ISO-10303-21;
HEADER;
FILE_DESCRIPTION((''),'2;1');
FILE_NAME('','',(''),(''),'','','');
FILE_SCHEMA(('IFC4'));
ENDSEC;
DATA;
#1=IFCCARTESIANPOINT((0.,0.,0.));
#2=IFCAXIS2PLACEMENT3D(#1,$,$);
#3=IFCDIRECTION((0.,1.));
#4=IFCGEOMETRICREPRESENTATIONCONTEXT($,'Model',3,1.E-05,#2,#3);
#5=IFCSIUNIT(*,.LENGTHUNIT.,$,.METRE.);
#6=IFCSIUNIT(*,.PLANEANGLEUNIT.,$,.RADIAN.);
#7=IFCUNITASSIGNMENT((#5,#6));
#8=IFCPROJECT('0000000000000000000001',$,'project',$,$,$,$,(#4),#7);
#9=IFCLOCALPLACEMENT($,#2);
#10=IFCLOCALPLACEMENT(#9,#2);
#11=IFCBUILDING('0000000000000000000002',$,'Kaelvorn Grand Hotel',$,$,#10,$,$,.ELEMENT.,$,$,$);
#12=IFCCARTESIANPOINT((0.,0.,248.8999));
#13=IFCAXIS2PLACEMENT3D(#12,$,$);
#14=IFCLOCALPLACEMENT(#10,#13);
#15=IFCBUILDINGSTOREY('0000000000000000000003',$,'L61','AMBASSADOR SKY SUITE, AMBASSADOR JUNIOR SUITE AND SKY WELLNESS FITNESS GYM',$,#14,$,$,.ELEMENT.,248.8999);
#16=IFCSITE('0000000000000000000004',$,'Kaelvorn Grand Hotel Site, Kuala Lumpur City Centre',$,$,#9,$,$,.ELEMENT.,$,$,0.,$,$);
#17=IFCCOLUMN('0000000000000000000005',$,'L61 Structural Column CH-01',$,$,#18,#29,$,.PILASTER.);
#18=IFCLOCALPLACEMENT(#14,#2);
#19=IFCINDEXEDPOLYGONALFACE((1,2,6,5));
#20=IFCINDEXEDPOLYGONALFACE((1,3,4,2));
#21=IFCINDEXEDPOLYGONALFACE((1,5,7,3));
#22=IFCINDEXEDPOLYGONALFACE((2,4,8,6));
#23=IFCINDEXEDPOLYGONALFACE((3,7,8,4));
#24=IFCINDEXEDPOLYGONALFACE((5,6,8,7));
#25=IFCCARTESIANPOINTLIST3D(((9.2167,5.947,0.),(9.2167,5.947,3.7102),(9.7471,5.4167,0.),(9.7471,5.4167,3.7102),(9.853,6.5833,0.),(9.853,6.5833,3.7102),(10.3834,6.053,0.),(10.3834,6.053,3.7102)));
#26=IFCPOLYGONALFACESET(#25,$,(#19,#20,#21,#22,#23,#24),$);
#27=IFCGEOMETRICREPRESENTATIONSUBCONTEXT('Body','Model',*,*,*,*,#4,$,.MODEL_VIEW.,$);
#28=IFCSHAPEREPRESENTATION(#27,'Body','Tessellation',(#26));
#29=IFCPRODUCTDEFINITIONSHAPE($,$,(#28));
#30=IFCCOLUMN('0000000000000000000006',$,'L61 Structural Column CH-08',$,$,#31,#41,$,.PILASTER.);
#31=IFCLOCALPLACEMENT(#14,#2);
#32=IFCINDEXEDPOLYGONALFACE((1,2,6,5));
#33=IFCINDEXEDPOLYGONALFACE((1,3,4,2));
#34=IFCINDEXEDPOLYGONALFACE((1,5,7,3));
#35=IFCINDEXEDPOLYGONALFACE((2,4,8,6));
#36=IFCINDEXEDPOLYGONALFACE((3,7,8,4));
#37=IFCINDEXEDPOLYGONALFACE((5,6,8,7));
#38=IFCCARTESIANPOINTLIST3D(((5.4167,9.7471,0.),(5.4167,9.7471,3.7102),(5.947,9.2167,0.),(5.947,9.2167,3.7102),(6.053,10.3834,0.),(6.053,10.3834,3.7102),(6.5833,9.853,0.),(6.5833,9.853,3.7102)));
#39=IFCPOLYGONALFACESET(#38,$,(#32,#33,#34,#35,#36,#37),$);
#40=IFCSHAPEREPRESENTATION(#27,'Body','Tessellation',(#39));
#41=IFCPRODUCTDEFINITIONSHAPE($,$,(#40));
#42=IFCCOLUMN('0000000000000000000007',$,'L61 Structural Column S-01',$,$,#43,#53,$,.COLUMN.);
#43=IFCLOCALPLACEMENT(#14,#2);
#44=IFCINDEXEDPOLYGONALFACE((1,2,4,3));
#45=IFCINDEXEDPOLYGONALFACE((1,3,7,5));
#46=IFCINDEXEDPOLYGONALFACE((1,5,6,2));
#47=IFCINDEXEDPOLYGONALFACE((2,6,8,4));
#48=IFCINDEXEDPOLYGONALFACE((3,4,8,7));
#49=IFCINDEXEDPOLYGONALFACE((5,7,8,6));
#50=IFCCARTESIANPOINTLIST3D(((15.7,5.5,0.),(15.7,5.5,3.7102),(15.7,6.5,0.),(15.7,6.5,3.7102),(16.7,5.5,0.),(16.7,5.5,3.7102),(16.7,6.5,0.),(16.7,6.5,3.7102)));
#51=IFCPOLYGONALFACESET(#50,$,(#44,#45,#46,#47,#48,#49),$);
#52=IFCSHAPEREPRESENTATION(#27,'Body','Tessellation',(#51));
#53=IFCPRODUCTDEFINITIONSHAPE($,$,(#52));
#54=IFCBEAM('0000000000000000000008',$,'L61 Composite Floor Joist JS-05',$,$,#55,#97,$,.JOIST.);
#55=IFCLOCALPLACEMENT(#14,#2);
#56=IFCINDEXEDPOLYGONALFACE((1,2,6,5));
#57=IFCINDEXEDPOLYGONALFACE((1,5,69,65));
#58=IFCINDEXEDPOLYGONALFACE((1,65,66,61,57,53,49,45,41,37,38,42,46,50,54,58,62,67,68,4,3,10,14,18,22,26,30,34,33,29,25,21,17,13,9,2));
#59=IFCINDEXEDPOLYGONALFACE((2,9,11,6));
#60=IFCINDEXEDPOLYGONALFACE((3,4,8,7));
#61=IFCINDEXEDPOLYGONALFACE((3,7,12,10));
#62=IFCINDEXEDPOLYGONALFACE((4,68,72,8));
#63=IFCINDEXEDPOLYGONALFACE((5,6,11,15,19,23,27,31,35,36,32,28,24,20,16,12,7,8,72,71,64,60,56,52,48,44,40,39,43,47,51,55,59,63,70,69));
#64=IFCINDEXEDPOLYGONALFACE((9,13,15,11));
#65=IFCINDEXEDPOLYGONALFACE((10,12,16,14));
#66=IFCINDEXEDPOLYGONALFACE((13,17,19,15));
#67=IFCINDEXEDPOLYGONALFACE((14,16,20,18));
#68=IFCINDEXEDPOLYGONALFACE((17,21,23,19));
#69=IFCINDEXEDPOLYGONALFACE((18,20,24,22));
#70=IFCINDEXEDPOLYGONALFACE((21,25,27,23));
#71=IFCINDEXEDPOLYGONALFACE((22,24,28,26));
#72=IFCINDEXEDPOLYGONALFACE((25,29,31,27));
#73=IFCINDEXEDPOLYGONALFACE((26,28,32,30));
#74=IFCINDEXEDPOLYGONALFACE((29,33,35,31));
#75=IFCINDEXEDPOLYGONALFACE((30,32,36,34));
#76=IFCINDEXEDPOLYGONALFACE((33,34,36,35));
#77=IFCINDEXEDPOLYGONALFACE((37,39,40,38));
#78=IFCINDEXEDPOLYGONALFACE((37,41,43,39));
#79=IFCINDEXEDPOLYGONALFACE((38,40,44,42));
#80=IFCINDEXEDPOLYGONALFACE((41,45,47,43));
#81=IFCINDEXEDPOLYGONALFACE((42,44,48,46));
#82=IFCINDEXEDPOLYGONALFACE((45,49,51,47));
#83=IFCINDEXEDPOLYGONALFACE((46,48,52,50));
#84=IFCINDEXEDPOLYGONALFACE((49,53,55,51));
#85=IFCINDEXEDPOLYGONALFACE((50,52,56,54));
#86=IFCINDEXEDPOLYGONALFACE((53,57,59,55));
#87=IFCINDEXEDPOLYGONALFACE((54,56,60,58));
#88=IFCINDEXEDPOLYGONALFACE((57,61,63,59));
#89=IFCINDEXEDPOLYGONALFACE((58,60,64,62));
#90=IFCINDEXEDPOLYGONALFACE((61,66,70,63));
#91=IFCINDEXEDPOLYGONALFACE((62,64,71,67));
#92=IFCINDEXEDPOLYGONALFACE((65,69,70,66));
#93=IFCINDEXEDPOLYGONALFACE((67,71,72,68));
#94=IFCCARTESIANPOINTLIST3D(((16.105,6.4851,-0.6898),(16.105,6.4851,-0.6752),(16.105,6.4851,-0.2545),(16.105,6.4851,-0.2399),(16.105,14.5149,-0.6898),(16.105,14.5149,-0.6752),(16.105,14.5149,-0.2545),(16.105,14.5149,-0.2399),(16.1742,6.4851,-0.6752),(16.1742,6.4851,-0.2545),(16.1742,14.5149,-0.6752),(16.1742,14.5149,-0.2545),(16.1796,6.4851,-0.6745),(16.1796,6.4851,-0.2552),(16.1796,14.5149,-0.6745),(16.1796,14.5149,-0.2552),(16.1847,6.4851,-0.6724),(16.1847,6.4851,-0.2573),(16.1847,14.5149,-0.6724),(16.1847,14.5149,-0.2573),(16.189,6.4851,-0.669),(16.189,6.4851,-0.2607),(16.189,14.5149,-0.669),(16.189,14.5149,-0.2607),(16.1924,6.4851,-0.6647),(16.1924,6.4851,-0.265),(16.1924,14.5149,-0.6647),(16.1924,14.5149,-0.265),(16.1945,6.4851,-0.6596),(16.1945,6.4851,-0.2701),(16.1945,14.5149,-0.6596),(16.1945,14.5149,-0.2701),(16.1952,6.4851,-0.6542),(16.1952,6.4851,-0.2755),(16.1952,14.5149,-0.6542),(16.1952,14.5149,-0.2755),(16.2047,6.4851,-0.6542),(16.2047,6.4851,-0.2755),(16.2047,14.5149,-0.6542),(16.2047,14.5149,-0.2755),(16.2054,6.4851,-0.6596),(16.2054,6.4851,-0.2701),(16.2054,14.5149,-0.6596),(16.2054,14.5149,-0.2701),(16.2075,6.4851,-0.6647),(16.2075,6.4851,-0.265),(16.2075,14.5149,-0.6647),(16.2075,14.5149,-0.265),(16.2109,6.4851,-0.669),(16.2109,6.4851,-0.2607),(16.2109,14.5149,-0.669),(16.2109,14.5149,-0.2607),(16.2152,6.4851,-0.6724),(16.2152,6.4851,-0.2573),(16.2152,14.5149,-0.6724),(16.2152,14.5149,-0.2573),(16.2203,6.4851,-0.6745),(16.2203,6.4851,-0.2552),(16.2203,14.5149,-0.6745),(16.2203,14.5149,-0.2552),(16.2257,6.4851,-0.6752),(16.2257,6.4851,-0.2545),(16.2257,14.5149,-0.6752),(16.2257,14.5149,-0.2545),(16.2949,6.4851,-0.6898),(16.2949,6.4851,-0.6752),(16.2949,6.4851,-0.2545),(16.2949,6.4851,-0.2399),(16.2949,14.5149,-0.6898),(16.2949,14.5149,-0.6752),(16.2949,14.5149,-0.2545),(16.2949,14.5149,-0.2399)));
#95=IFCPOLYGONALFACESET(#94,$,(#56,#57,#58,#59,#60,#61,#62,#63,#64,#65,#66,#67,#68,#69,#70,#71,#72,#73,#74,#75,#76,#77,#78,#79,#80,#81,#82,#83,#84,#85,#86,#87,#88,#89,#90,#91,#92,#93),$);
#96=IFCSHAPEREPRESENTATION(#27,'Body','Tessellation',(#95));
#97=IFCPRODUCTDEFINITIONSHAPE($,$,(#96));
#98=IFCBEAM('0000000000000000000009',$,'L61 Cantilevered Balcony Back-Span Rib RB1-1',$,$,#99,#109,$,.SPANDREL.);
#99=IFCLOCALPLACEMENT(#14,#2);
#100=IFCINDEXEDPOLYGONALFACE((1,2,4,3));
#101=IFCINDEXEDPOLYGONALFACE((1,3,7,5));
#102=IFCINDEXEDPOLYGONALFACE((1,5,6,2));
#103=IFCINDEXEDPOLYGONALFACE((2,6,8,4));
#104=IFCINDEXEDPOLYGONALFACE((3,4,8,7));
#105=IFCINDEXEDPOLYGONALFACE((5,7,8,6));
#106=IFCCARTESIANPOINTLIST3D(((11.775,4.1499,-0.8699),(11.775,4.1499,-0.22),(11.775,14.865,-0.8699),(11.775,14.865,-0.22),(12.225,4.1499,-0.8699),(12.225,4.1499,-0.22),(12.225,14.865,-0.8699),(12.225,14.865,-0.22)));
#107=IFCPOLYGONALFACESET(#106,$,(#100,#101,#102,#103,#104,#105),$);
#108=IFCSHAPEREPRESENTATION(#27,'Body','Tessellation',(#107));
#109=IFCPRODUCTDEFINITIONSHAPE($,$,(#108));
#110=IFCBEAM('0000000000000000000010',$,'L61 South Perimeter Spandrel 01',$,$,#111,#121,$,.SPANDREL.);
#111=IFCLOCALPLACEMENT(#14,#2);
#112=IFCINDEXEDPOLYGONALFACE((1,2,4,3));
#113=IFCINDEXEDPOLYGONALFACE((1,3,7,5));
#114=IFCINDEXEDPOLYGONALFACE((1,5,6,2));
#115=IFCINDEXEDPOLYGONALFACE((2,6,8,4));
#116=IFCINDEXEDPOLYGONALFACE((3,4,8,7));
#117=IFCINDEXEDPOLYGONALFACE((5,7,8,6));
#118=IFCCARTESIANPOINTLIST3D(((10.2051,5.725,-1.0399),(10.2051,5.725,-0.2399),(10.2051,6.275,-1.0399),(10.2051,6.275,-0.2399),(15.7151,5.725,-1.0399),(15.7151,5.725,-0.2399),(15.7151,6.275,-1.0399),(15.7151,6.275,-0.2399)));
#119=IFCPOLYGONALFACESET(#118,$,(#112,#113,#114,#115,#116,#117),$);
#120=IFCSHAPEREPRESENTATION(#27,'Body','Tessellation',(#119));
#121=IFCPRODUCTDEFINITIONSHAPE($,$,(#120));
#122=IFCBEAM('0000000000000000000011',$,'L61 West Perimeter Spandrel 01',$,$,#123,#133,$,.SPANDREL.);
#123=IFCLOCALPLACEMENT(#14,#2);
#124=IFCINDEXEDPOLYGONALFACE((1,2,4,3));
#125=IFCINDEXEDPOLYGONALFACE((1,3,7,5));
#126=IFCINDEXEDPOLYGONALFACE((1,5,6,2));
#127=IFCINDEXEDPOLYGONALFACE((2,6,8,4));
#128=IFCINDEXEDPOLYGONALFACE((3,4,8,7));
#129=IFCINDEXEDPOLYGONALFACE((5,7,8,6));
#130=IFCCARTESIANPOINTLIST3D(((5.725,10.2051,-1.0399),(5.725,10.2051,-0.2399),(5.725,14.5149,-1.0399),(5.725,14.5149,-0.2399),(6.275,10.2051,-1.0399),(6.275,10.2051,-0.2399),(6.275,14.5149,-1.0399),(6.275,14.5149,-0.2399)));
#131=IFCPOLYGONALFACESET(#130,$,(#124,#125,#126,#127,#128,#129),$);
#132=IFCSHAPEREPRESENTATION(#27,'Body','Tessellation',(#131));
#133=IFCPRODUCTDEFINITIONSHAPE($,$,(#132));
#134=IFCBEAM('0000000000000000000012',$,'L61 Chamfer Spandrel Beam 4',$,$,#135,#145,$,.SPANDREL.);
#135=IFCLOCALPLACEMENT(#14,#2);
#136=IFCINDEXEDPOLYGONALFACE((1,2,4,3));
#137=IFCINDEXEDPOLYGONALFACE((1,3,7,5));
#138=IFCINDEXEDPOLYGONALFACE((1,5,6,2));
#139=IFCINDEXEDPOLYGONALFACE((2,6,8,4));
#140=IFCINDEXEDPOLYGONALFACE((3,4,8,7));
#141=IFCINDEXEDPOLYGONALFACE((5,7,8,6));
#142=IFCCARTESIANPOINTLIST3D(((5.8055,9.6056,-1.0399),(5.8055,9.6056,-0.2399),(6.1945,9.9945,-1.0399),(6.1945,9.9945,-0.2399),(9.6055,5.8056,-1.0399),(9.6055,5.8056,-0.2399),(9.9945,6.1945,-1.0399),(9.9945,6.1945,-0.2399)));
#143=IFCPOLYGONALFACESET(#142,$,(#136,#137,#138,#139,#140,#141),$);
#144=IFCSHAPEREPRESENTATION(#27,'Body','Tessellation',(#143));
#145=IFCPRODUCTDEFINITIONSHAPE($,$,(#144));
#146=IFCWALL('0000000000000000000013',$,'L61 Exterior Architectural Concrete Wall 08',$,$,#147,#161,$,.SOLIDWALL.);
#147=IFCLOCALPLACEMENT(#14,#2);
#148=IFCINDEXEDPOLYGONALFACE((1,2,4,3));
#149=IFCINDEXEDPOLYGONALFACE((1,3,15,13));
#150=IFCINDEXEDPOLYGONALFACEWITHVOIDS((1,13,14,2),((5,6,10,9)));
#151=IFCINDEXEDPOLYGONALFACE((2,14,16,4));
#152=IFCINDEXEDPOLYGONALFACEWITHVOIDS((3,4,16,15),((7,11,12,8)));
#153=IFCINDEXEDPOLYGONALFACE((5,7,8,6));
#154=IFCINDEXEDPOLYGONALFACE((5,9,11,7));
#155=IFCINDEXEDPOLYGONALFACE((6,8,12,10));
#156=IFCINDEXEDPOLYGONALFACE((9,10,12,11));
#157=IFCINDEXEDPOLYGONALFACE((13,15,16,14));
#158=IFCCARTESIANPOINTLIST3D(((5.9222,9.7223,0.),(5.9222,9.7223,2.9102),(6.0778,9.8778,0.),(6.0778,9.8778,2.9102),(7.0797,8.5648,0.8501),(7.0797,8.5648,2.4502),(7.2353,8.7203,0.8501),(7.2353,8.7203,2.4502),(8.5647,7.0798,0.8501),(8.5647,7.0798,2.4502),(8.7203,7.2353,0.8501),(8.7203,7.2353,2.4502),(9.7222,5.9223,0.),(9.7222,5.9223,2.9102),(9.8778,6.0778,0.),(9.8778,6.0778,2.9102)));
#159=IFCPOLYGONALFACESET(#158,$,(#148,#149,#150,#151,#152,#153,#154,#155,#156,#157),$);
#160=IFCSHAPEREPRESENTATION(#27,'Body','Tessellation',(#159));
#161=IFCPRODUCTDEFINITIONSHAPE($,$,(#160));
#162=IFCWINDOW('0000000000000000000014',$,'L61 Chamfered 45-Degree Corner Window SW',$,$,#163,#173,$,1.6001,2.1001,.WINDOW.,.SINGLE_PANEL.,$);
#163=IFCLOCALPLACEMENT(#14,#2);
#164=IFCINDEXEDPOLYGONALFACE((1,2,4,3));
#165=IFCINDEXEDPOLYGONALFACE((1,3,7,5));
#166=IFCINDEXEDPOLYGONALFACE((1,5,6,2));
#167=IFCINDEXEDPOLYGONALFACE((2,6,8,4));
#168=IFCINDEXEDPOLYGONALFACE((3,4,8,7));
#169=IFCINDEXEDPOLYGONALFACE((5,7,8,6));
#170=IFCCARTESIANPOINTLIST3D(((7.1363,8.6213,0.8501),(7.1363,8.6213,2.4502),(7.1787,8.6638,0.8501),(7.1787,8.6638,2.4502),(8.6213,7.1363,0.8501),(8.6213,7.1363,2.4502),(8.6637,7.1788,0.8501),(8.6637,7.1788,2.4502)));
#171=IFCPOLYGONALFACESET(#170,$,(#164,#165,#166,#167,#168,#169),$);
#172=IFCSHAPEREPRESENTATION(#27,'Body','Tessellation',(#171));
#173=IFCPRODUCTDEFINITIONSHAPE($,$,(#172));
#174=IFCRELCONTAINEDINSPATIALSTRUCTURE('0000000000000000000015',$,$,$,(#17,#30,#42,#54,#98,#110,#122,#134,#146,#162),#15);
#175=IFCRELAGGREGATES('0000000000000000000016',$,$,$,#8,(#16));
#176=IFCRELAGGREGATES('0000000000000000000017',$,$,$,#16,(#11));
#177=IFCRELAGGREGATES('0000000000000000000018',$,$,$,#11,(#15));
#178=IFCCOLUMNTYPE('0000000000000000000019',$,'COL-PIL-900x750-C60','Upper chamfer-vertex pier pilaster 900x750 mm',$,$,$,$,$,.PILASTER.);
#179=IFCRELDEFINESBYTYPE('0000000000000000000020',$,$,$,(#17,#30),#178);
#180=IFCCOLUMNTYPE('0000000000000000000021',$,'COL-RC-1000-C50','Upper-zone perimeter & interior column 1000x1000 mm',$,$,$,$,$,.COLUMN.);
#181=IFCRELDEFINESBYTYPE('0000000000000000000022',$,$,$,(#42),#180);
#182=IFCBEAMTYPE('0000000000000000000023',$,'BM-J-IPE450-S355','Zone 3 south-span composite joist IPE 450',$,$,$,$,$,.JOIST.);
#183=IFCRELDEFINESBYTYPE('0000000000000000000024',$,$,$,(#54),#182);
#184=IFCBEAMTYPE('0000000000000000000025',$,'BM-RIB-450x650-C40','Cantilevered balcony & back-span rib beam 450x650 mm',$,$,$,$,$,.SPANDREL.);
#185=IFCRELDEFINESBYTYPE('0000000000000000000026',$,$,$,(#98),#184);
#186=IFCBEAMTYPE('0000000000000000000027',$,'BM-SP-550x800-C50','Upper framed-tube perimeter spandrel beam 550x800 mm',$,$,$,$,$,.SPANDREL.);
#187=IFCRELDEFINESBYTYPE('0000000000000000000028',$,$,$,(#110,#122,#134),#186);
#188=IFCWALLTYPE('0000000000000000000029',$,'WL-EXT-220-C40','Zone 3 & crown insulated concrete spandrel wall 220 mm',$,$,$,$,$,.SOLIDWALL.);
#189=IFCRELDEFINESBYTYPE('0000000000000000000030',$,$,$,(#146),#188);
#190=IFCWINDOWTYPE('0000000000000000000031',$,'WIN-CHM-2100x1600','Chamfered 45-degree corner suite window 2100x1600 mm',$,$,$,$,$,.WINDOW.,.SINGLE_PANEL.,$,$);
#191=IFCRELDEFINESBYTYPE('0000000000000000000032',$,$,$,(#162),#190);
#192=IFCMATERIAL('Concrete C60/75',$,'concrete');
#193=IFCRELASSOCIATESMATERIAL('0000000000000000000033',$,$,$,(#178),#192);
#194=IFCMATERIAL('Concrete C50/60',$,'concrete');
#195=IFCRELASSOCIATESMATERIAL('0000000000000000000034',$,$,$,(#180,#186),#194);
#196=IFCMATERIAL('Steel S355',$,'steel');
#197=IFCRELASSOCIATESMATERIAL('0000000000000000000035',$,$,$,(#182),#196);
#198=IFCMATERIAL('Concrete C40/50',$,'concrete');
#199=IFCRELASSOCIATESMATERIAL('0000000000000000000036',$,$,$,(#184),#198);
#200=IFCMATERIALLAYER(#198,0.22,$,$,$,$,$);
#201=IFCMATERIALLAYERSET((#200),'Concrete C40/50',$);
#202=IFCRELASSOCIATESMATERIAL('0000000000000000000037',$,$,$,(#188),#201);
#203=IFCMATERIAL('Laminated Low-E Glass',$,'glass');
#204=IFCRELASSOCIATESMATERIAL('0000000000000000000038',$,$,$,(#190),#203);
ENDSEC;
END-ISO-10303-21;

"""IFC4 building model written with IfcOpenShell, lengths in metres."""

from ifc_helpers import new_model, si_unit, direction, frame, frame_2d, origin, origin_2d, place, context, subcontext, project, spatial, rectangle, i_section, extrude, material, layer, layer_set, material_profile, profile_set, type_object, element, fill, save


model = new_model("IFC4")

# Units and contexts
model_context = context("Model", 3, precision=1e-05, world=origin(), true_north=direction((0.0, 1.0)))
body_context = subcontext(model_context, "Body", "Model", "MODEL_VIEW")
ifc_project = project(units=[si_unit("LENGTHUNIT", "METRE"), si_unit("PLANEANGLEUNIT", "RADIAN")], contexts=[model_context])

# Site, building, storey
site_placement = place(None, origin())
site = spatial("IfcSite", under=ifc_project, at=site_placement, Name="Kaelvorn Grand Hotel Site, Kuala Lumpur City Centre", CompositionType="ELEMENT", RefElevation=0.0)
building_placement = place(site_placement, origin())
building = spatial("IfcBuilding", under=site, at=building_placement, Name="Kaelvorn Grand Hotel", CompositionType="ELEMENT")
storey_placement = place(building_placement, frame((0.0, 0.0, 248.8999)))
storey = spatial("IfcBuildingStorey", under=building, at=storey_placement, Name="L61", Description="AMBASSADOR SKY SUITE, AMBASSADOR JUNIOR SUITE AND SKY WELLNESS FITNESS GYM", CompositionType="ELEMENT", Elevation=248.8999)

# Columns
ifc_material_1 = material(Name="Concrete C60/75", Category="concrete")
ifc_material_profile_1 = material_profile(ifc_material_1, rectangle(XDim=0.8999, YDim=0.75, at=origin_2d()), Name="RC PILASTER 900x750")
ifc_profile_set_1 = profile_set([ifc_material_profile_1], Name="Concrete C60/75")
column_type_1 = type_object("IfcColumnType", Name="COL-PIL-900x750-C60", Description="Upper chamfer-vertex pier pilaster 900x750 mm", PredefinedType="PILASTER", material=ifc_profile_set_1)
for number, where, z_axis, x_axis, name in (
    (1, (9.8, 6.0, 0.0), (0.0, 0.0, 1.0), (0.707107, 0.707107, 0.0), "L61 Structural Column CH-01"),
    (2, (6.0, 9.8, 0.0), (0.0, 0.0, 1.0), (0.707107, 0.707107, 0.0), "L61 Structural Column CH-08"),
):
    element("IfcColumn", number, at=place(storey_placement, frame(where, z_axis=z_axis, x_axis=x_axis)), inside=storey, type_object=column_type_1, Name=name, PredefinedType="PILASTER", context=body_context, shape_type="SweptSolid", body=[
        extrude(rectangle(XDim=0.8999, YDim=0.75, at=origin_2d()), origin(), (0.0, 0.0, 1.0), 3.7102),
    ])
ifc_material_2 = material(Name="Concrete C50/60", Category="concrete")
ifc_material_profile_2 = material_profile(ifc_material_2, rectangle(XDim=1.0, YDim=1.0, at=origin_2d()), Name="RC COL 1000x1000")
ifc_profile_set_2 = profile_set([ifc_material_profile_2], Name="Concrete C50/60")
column_type_2 = type_object("IfcColumnType", Name="COL-RC-1000-C50", Description="Upper-zone perimeter & interior column 1000x1000 mm", PredefinedType="COLUMN", material=ifc_profile_set_2)
column_placement = place(storey_placement, frame((16.2, 6.0, 0.0), z_axis=(0.0, 0.0, 1.0), x_axis=(1.0, 0.0, 0.0)))
element("IfcColumn", 3, at=column_placement, inside=storey, type_object=column_type_2, Name="L61 Structural Column S-01", PredefinedType="COLUMN", context=body_context, shape_type="SweptSolid", body=[
    extrude(rectangle(XDim=1.0, YDim=1.0, at=origin_2d()), origin(), (0.0, 0.0, 1.0), 3.7102),
])

# Beams
ifc_material_3 = material(Name="Steel S355", Category="steel")
ifc_material_profile_3 = material_profile(ifc_material_3, i_section(OverallWidth=0.1899, OverallDepth=0.45, WebThickness=0.0095, FlangeThickness=0.0146, FilletRadius=0.021, at=origin_2d()), Name="IPE 450")
ifc_profile_set_3 = profile_set([ifc_material_profile_3], Name="Steel S355")
beam_type_1 = type_object("IfcBeamType", Name="BM-J-IPE450-S355", Description="Zone 3 south-span composite joist IPE 450", PredefinedType="JOIST", material=ifc_profile_set_3)
beam_1_placement = place(storey_placement, frame((16.2, 6.4851, -0.4648), z_axis=(0.0, 1.0, 0.0), x_axis=(-1.0, 0.0, 0.0)))
element("IfcBeam", 4, at=beam_1_placement, inside=storey, type_object=beam_type_1, Name="L61 Composite Floor Joist JS-05", PredefinedType="JOIST", context=body_context, shape_type="SweptSolid", body=[
    extrude(i_section(OverallWidth=0.1899, OverallDepth=0.45, WebThickness=0.0095, FlangeThickness=0.0146, FilletRadius=0.021, at=origin_2d()), origin(), (0.0, 0.0, 1.0), 8.0298),
])
ifc_material_4 = material(Name="Concrete C40/50", Category="concrete")
ifc_material_profile_4 = material_profile(ifc_material_4, rectangle(XDim=0.45, YDim=0.6499, at=origin_2d()), Name="RC RIB 450x650")
ifc_profile_set_4 = profile_set([ifc_material_profile_4], Name="Concrete C40/50")
beam_type_2 = type_object("IfcBeamType", Name="BM-RIB-450x650-C40", Description="Cantilevered balcony & back-span rib beam 450x650 mm", PredefinedType="SPANDREL", material=ifc_profile_set_4)
beam_2_placement = place(storey_placement, frame((12.0, 4.1499, -0.5449), z_axis=(0.0, 1.0, 0.0), x_axis=(-1.0, 0.0, 0.0)))
element("IfcBeam", 5, at=beam_2_placement, inside=storey, type_object=beam_type_2, Name="L61 Cantilevered Balcony Back-Span Rib RB1-1", PredefinedType="SPANDREL", context=body_context, shape_type="SweptSolid", body=[
    extrude(rectangle(XDim=0.45, YDim=0.6499, at=origin_2d()), origin(), (0.0, 0.0, 1.0), 10.7151),
])
ifc_material_profile_5 = material_profile(ifc_material_2, rectangle(XDim=0.55, YDim=0.8, at=origin_2d()), Name="RC SPANDREL 550x800")
ifc_profile_set_5 = profile_set([ifc_material_profile_5], Name="Concrete C50/60")
beam_type_3 = type_object("IfcBeamType", Name="BM-SP-550x800-C50", Description="Upper framed-tube perimeter spandrel beam 550x800 mm", PredefinedType="SPANDREL", material=ifc_profile_set_5)
beam_3_placement = place(storey_placement, frame((10.2051, 6.0, -0.6399), z_axis=(1.0, 0.0, 0.0), x_axis=(0.0, 1.0, 0.0)))
element("IfcBeam", 6, at=beam_3_placement, inside=storey, type_object=beam_type_3, Name="L61 South Perimeter Spandrel 01", PredefinedType="SPANDREL", context=body_context, shape_type="SweptSolid", body=[
    extrude(rectangle(XDim=0.55, YDim=0.8, at=origin_2d()), origin(), (0.0, 0.0, 1.0), 5.51),
])
beam_4_placement = place(storey_placement, frame((6.0, 10.2051, -0.6399), z_axis=(0.0, 1.0, 0.0), x_axis=(-1.0, 0.0, 0.0)))
element("IfcBeam", 7, at=beam_4_placement, inside=storey, type_object=beam_type_3, Name="L61 West Perimeter Spandrel 01", PredefinedType="SPANDREL", context=body_context, shape_type="SweptSolid", body=[
    extrude(rectangle(XDim=0.55, YDim=0.8, at=origin_2d()), origin(), (0.0, 0.0, 1.0), 4.3098),
])
beam_5_placement = place(storey_placement, frame((6.0, 9.8, -0.6399), z_axis=(0.707107, -0.707107, 0.0), x_axis=(0.707107, 0.707107, 0.0)))
element("IfcBeam", 8, at=beam_5_placement, inside=storey, type_object=beam_type_3, Name="L61 Chamfer Spandrel Beam 4", PredefinedType="SPANDREL", context=body_context, shape_type="SweptSolid", body=[
    extrude(rectangle(XDim=0.55, YDim=0.8, at=origin_2d()), origin(), (0.0, 0.0, 1.0), 5.374),
])

# Shared definitions
ifc_layer = layer(ifc_material_4, 0.22)
ifc_layer_set = layer_set([ifc_layer], Name="Concrete C40/50")
wall_type = type_object("IfcWallType", Name="WL-EXT-220-C40", Description="Zone 3 & crown insulated concrete spandrel wall 220 mm", PredefinedType="SOLIDWALL", material=ifc_layer_set)
ifc_material_5 = material(Name="Laminated Low-E Glass", Category="glass")

# Wall, opening, window
wall_1_placement = place(storey_placement, frame((6.0, 9.8, 0.0), z_axis=(0.0, 0.0, 1.0), x_axis=(0.707107, -0.707107, 0.0)))
wall_1 = element("IfcWall", 9, at=wall_1_placement, inside=storey, type_object=wall_type, Name="L61 Exterior Architectural Concrete Wall 08", PredefinedType="SOLIDWALL", context=body_context, shape_type="SweptSolid", body=[
    extrude(rectangle(XDim=5.374, YDim=0.22, at=frame_2d((2.687, 0.0))), origin(), (0.0, 0.0, 1.0), 2.9102),
])
opening_1_placement = place(wall_1_placement, frame((1.637, 0.0, 0.8501)))
opening_1 = element("IfcOpeningElement", 10, at=opening_1_placement, cuts=wall_1, PredefinedType="OPENING", context=body_context, shape_type="SweptSolid", body=[
    extrude(rectangle(XDim=2.1001, YDim=1.6001, at=frame_2d((1.05, 0.8))), frame((0.0, 0.1201, 0.0), z_axis=(0.0, -1.0, 0.0), x_axis=(1.0, 0.0, 0.0)), (0.0, 0.0, 1.0), 0.24),
])
window_type_1 = type_object("IfcWindowType", Name="WIN-CHM-2100x1600", Description="Chamfered 45-degree corner suite window 2100x1600 mm", PartitioningType="SINGLE_PANEL", PredefinedType="WINDOW", material=ifc_material_5)
window_1_placement = place(opening_1_placement, origin())
window_1 = element("IfcWindow", 11, at=window_1_placement, inside=storey, type_object=window_type_1, Name="L61 Chamfered 45-Degree Corner Window SW", OverallHeight=1.6001, OverallWidth=2.1001, PartitioningType="SINGLE_PANEL", PredefinedType="WINDOW", context=body_context, shape_type="SweptSolid", body=[
    extrude(rectangle(XDim=2.1001, YDim=1.6001, at=frame_2d((1.05, 0.8))), frame((0.0, 0.03, 0.0), z_axis=(0.0, -1.0, 0.0), x_axis=(1.0, 0.0, 0.0)), (0.0, 0.0, 1.0), 0.0601),
])
fill(opening_1, window_1)

save(model, "model.ifc")
